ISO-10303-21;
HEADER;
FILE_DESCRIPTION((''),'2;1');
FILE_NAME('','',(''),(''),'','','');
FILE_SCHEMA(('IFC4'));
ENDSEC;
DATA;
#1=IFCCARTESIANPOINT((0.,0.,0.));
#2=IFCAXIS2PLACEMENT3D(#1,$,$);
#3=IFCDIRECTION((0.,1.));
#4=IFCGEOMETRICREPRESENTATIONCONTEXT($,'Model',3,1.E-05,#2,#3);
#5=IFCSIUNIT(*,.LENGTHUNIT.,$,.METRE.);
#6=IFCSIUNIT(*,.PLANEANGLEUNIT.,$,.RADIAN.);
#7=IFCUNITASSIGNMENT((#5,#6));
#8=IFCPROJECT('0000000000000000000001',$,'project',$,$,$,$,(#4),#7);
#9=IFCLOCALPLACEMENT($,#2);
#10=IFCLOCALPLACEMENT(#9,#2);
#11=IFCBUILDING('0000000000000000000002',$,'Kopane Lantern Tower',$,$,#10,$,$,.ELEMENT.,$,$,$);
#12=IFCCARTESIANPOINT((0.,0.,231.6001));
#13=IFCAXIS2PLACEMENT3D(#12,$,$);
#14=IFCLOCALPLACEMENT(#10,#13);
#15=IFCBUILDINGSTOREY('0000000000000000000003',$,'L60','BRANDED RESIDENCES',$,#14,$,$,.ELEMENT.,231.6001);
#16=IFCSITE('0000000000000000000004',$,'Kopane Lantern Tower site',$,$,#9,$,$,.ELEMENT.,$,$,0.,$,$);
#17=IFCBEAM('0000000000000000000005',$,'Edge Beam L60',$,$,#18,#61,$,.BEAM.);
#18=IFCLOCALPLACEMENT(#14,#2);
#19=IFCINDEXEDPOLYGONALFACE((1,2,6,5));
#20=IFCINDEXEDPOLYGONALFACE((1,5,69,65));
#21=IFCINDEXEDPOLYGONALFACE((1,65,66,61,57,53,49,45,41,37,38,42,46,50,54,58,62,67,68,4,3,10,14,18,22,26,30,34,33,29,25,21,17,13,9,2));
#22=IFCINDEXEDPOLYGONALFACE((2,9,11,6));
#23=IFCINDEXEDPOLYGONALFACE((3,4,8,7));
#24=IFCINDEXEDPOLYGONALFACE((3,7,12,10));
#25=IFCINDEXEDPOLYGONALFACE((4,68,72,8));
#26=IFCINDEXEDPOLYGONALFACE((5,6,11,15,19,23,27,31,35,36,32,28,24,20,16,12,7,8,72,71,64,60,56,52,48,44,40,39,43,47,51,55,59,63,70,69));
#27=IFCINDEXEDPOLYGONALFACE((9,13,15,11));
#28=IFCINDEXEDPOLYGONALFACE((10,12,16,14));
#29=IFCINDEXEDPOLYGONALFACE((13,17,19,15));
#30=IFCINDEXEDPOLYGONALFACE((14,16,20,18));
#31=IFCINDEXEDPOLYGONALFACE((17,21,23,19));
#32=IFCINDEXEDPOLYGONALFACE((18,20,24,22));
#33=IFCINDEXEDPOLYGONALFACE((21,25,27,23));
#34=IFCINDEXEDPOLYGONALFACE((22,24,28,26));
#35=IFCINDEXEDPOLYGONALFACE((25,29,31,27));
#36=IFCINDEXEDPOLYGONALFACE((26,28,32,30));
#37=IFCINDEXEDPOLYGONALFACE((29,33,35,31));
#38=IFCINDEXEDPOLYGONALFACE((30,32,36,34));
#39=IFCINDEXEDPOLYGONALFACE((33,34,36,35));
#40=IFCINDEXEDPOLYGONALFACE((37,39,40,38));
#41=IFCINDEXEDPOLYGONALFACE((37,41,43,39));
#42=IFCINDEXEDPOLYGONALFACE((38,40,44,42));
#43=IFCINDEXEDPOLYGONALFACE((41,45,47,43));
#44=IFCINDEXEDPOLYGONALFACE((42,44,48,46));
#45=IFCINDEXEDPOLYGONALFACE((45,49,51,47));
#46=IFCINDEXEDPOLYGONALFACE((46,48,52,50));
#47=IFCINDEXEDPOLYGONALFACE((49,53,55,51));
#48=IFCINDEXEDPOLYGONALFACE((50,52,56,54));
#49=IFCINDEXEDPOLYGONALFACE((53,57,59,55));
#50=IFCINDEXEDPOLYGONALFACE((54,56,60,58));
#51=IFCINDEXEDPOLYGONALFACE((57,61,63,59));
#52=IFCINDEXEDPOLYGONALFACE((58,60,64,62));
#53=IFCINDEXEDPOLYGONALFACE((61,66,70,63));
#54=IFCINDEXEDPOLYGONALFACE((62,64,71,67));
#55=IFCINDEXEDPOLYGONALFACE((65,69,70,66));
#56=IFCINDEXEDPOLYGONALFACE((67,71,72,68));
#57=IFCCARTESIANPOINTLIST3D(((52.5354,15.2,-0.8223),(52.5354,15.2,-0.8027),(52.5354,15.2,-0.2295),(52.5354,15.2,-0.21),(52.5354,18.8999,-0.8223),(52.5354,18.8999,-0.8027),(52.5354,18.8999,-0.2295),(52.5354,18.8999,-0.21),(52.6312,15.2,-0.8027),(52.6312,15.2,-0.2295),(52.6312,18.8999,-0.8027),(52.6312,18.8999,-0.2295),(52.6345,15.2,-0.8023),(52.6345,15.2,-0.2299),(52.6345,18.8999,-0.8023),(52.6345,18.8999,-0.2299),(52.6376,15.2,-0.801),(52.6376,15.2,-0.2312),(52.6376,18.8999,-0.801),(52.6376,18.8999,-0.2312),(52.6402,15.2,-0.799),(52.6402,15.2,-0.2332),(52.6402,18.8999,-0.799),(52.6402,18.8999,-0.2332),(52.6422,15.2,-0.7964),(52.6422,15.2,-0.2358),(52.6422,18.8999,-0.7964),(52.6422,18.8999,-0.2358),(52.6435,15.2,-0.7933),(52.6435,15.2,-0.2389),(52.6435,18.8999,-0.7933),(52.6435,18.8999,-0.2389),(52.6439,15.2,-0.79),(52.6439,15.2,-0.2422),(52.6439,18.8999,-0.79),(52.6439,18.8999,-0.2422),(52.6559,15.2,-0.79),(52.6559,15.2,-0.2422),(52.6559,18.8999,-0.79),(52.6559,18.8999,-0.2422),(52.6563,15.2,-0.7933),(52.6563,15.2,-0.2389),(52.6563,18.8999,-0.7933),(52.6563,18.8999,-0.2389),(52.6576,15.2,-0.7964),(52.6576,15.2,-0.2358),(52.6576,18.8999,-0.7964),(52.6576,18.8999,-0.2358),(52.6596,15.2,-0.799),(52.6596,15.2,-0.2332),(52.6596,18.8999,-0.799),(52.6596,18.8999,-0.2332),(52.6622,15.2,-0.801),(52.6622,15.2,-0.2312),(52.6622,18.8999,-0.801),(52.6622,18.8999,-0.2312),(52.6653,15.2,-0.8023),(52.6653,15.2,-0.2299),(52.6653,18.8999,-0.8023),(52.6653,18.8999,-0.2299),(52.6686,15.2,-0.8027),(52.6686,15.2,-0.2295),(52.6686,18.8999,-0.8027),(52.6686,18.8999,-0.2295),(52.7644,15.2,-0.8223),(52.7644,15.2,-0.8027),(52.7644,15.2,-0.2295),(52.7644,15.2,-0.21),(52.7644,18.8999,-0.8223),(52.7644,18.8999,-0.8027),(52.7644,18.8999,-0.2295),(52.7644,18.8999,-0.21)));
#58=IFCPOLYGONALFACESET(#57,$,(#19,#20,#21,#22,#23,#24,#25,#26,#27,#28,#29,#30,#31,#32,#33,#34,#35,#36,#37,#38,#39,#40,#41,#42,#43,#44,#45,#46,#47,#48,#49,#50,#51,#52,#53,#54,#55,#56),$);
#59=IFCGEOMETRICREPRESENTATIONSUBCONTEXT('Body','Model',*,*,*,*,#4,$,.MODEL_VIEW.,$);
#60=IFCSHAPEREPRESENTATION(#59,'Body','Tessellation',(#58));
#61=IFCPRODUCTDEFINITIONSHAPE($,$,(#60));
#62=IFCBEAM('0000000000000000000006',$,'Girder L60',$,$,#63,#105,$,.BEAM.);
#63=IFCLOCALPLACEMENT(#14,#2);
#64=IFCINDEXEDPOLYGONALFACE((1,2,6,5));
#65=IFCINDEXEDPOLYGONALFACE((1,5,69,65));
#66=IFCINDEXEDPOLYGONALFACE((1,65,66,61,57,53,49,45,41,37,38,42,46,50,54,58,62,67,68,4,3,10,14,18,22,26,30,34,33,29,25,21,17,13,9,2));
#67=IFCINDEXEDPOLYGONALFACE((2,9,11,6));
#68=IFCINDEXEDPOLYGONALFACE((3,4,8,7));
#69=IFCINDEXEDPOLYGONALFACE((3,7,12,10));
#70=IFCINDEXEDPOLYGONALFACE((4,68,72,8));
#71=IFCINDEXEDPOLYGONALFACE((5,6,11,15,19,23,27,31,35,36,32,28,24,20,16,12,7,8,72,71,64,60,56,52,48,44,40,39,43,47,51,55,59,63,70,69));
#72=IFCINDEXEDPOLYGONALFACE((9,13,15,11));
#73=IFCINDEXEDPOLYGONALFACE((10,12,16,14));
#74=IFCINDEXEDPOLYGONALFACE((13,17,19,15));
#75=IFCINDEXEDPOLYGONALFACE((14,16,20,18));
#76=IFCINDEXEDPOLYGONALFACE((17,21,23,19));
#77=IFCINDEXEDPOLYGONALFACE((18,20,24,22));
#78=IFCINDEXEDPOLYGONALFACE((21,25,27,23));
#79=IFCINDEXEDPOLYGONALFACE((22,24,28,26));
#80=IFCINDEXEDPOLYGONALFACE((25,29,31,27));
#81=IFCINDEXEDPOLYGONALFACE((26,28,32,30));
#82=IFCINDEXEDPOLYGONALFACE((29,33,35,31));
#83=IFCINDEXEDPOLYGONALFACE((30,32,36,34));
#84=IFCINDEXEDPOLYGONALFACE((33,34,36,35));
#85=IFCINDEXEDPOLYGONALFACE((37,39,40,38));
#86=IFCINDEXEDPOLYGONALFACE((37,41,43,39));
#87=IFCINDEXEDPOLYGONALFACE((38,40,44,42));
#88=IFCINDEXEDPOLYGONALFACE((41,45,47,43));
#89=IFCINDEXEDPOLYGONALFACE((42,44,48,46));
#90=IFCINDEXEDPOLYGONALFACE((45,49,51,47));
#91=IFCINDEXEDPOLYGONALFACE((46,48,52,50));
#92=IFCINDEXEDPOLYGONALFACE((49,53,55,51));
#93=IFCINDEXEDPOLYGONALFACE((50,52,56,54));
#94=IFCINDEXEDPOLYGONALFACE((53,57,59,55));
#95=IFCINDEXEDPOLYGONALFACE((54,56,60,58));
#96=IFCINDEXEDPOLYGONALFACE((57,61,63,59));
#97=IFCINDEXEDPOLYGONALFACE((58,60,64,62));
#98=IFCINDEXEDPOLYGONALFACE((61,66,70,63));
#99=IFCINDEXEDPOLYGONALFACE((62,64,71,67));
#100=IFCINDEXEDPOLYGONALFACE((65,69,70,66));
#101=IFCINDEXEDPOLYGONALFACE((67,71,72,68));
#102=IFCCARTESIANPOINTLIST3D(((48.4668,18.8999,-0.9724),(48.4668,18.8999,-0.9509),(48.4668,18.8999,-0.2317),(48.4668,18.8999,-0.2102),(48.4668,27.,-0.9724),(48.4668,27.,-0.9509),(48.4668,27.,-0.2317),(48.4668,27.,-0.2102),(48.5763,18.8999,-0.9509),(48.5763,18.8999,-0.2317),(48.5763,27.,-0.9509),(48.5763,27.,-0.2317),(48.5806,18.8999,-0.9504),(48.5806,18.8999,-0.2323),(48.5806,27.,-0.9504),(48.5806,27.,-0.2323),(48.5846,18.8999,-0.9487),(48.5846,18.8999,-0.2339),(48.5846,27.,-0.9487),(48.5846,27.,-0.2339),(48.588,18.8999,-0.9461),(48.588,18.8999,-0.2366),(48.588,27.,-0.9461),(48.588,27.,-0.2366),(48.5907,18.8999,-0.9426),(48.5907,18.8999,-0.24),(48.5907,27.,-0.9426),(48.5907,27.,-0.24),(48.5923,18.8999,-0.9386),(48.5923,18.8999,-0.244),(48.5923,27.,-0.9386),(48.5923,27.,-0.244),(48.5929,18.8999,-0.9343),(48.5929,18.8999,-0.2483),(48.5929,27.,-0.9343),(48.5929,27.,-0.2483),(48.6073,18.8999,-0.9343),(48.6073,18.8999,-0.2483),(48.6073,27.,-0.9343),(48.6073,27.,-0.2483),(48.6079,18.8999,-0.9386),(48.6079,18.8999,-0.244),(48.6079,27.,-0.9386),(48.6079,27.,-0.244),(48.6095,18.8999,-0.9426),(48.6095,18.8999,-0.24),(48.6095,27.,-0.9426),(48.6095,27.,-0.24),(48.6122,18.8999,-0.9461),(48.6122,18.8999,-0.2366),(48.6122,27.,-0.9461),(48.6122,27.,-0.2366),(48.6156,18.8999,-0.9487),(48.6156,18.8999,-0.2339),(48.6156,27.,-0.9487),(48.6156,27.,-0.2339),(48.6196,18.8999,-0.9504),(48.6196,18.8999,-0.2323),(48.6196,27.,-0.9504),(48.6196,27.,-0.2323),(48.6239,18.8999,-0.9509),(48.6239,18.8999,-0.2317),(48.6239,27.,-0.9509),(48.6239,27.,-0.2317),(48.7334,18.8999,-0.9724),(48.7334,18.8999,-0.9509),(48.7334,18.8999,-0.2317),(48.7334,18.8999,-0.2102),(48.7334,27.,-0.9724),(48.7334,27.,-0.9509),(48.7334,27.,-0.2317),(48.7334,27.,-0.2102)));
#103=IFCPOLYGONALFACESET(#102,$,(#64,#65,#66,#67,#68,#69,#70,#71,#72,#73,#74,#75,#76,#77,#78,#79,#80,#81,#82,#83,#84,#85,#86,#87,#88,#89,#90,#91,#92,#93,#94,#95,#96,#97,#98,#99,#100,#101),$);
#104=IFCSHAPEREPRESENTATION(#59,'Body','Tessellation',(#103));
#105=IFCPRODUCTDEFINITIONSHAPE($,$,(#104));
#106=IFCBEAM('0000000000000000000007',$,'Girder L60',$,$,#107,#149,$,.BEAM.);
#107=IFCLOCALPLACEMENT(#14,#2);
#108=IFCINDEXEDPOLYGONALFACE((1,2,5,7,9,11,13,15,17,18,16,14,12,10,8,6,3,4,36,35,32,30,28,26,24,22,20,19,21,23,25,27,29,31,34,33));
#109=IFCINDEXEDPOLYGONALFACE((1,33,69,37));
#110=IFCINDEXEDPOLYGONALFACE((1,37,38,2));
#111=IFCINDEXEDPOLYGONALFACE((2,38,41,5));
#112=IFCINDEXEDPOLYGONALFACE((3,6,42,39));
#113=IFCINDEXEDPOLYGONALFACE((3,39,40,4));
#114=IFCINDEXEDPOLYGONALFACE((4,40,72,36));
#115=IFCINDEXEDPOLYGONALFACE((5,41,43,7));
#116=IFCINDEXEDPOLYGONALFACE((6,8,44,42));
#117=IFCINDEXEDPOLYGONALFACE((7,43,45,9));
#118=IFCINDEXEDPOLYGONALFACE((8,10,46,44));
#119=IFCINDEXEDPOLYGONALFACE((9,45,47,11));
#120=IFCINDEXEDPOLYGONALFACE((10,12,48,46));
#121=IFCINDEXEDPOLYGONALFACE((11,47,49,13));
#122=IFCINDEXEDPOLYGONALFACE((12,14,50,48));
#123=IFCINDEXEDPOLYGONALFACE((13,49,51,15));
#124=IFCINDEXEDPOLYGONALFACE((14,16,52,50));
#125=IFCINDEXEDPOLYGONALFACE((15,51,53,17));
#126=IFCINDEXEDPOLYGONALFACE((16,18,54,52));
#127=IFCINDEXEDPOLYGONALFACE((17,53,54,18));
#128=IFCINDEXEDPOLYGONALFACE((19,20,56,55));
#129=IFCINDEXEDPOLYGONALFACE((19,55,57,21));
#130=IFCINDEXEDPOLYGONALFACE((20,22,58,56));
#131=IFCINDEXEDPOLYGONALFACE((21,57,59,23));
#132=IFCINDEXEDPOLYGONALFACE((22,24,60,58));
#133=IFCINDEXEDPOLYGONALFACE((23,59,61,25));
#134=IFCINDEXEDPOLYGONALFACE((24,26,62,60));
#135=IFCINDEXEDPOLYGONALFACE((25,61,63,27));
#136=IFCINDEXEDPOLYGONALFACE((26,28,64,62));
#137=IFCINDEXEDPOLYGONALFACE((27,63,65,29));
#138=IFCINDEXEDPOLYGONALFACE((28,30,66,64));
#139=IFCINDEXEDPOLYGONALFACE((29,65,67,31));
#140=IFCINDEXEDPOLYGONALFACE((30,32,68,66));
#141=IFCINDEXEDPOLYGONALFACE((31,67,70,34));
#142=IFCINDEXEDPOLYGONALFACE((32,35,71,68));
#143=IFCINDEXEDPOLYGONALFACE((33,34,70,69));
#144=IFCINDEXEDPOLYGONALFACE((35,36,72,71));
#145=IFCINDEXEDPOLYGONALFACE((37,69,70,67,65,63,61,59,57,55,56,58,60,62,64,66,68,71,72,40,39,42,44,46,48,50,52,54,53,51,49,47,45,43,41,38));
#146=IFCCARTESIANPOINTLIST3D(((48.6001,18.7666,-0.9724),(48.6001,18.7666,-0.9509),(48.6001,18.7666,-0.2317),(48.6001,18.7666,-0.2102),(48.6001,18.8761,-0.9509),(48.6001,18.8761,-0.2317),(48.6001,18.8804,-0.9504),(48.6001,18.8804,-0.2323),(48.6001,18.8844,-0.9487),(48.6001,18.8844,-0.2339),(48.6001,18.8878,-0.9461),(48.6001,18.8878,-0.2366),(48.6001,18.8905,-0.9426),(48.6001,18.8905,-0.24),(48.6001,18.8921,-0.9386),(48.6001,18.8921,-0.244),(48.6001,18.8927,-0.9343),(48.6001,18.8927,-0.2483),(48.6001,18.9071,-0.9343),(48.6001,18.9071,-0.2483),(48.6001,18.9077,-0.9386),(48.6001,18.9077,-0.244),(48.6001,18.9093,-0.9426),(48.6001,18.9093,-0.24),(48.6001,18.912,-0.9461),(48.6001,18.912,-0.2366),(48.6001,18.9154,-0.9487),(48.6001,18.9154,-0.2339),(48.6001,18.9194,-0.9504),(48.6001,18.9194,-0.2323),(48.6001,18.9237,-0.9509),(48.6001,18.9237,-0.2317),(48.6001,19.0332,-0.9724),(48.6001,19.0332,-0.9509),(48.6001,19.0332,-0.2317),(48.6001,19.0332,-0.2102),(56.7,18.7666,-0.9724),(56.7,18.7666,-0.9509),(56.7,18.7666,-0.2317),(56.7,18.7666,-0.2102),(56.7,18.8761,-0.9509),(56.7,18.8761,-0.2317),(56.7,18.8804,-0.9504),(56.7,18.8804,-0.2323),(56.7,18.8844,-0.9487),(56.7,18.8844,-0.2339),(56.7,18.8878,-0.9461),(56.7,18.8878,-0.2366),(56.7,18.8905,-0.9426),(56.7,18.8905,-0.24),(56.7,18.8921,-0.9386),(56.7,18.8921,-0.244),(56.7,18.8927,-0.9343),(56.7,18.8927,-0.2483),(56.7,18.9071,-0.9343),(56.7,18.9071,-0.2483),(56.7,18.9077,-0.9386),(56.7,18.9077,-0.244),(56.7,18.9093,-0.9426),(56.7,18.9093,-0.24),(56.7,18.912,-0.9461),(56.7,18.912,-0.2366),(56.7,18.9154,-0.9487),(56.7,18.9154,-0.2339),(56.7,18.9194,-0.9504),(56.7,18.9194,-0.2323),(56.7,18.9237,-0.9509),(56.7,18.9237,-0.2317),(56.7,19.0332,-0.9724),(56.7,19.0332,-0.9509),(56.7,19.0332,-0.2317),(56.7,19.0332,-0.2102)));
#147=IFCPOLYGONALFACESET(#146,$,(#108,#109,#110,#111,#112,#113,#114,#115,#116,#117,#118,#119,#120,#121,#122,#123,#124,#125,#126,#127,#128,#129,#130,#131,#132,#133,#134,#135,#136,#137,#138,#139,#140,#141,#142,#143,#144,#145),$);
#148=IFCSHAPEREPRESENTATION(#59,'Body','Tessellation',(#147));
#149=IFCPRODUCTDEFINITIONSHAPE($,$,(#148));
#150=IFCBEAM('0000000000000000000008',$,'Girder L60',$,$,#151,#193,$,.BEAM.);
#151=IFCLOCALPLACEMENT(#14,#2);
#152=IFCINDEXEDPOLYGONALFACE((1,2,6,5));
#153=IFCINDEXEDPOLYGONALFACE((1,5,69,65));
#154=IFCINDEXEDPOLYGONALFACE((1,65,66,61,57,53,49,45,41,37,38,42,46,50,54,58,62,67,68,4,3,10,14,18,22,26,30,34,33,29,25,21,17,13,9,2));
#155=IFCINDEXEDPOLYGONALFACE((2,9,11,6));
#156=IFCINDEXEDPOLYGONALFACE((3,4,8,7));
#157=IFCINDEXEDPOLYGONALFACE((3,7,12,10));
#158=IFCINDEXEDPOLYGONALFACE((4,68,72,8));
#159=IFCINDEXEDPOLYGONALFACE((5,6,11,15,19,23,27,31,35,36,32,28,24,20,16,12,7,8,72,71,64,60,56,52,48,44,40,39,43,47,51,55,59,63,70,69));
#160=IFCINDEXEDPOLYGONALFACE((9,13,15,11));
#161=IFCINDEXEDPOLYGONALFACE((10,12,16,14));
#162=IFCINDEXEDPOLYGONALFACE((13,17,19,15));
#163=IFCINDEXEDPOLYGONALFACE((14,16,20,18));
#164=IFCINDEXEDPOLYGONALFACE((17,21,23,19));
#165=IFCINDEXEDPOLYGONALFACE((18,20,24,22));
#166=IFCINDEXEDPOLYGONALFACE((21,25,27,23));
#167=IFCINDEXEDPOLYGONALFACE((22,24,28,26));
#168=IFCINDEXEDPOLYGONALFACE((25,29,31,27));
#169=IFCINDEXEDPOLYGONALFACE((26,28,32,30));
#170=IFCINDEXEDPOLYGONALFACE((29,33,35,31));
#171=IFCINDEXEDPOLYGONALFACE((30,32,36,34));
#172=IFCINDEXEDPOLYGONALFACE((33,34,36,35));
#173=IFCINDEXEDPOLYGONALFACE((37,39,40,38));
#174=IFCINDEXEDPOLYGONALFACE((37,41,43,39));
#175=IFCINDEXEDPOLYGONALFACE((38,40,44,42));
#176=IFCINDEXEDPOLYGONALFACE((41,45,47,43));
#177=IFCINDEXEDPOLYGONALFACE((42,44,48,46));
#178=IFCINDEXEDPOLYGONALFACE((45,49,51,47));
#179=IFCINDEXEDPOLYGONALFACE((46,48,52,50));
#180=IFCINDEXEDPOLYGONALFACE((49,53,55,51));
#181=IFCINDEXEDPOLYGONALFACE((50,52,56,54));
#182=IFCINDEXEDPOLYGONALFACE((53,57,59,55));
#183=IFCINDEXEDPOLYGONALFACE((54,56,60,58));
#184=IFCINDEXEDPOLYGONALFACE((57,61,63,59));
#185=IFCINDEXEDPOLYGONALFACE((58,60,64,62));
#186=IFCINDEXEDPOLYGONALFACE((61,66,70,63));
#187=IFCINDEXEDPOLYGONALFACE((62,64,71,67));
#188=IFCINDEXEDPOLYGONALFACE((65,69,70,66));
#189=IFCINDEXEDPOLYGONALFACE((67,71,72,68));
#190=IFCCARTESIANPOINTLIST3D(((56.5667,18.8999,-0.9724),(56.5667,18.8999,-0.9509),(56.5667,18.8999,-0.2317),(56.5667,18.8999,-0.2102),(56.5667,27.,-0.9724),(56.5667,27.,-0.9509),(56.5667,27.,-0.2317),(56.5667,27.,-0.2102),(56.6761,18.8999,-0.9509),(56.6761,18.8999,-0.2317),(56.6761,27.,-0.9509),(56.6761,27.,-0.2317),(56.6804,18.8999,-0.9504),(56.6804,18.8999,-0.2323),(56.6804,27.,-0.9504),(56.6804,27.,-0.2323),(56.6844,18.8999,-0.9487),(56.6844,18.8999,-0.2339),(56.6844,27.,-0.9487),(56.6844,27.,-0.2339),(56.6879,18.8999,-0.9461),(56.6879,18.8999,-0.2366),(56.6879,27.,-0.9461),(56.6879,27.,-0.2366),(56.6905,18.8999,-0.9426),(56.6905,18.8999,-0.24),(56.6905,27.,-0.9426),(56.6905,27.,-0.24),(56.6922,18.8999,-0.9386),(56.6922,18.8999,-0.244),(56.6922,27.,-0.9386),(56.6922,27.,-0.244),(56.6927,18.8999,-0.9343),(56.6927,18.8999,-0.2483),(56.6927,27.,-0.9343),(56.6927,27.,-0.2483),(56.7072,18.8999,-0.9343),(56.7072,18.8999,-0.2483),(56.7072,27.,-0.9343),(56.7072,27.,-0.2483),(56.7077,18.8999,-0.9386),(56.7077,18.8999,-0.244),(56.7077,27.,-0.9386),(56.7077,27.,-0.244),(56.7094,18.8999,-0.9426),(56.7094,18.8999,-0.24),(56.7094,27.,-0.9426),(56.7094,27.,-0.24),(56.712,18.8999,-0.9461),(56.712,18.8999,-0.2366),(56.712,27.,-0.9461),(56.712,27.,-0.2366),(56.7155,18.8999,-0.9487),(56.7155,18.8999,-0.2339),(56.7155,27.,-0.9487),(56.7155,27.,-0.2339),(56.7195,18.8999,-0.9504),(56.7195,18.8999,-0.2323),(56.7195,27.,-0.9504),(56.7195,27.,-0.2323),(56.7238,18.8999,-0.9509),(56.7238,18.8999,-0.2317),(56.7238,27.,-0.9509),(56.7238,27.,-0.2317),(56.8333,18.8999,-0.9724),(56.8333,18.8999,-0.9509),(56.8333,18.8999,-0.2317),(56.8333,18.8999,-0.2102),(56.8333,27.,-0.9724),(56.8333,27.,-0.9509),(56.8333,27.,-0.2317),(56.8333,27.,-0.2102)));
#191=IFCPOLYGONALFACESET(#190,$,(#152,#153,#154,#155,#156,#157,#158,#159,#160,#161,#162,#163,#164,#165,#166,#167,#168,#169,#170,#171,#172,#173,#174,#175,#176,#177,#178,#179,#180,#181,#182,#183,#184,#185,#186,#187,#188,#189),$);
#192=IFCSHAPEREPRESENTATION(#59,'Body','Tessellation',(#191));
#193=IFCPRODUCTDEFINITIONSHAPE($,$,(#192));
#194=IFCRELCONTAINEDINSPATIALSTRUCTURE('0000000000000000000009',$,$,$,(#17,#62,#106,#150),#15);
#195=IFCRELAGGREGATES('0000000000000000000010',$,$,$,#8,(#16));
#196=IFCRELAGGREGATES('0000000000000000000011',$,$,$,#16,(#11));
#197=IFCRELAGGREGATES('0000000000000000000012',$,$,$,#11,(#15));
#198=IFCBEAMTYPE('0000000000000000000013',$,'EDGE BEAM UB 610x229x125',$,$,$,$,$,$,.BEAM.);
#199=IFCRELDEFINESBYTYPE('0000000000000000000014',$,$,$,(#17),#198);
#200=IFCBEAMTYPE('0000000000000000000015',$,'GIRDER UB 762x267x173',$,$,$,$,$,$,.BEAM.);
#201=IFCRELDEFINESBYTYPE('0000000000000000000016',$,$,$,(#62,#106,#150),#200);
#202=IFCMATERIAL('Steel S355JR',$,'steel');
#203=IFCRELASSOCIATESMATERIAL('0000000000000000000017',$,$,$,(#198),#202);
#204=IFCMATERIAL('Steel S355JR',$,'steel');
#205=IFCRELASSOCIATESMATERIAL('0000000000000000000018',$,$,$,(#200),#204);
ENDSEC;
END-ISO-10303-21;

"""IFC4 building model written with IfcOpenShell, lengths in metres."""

from ifc_helpers import new_model, si_unit, direction, frame, origin, origin_2d, place, context, subcontext, project, spatial, i_section, extrude, material, material_profile, profile_set, type_object, element, save


model = new_model("IFC4")

# Units and contexts
model_context = context("Model", 3, precision=1e-05, world=origin(), true_north=direction((0.0, 1.0)))
body_context = subcontext(model_context, "Body", "Model", "MODEL_VIEW")
ifc_project = project(units=[si_unit("LENGTHUNIT", "METRE"), si_unit("PLANEANGLEUNIT", "RADIAN")], contexts=[model_context])

# Site, building, storey
site_placement = place(None, origin())
site = spatial("IfcSite", under=ifc_project, at=site_placement, Name="Kopane Lantern Tower site", CompositionType="ELEMENT", RefElevation=0.0)
building_placement = place(site_placement, origin())
building = spatial("IfcBuilding", under=site, at=building_placement, Name="Kopane Lantern Tower", CompositionType="ELEMENT")
storey_placement = place(building_placement, frame((0.0, 0.0, 231.6001)))
storey = spatial("IfcBuildingStorey", under=building, at=storey_placement, Name="L60", Description="BRANDED RESIDENCES", CompositionType="ELEMENT", Elevation=231.6001)

# Beams
ifc_material_1 = material(Name="Steel S355JR", Category="steel")
ifc_material_profile_1 = material_profile(ifc_material_1, i_section(OverallWidth=0.229, OverallDepth=0.6123, WebThickness=0.012, FlangeThickness=0.0195, FilletRadius=0.0127, at=origin_2d()), Name="UB 610x229x125")
ifc_profile_set_1 = profile_set([ifc_material_profile_1], Name="Steel S355JR")
beam_type_1 = type_object("IfcBeamType", Name="EDGE BEAM UB 610x229x125", PredefinedType="BEAM", material=ifc_profile_set_1)
for number, where, z_axis, x_axis, name in (
    (1, (52.6499, 15.2, -0.5161), (0.0, 1.0, 0.0), (-1.0, 0.0, 0.0), "Edge Beam L60"),
):
    element("IfcBeam", number, at=place(storey_placement, frame(where, z_axis=z_axis, x_axis=x_axis)), inside=storey, type_object=beam_type_1, Name=name, PredefinedType="BEAM", context=body_context, shape_type="SweptSolid", body=[
        extrude(i_section(OverallWidth=0.229, OverallDepth=0.6123, WebThickness=0.012, FlangeThickness=0.0195, FilletRadius=0.0127, at=origin_2d()), origin(), (0.0, 0.0, 1.0), 3.7),
    ])
ifc_material_2 = material(Name="Steel S355JR", Category="steel")
ifc_material_profile_2 = material_profile(ifc_material_2, i_section(OverallWidth=0.2666, OverallDepth=0.7622, WebThickness=0.0144, FlangeThickness=0.0215, FilletRadius=0.0166, at=origin_2d()), Name="UB 762x267x173")
ifc_profile_set_2 = profile_set([ifc_material_profile_2], Name="Steel S355JR")
beam_type_2 = type_object("IfcBeamType", Name="GIRDER UB 762x267x173", PredefinedType="BEAM", material=ifc_profile_set_2)
beam_1_placement = place(storey_placement, frame((48.6001, 18.8999, -0.5913), z_axis=(0.0, 1.0, 0.0), x_axis=(-1.0, 0.0, 0.0)))
element("IfcBeam", 2, at=beam_1_placement, inside=storey, type_object=beam_type_2, Name="Girder L60", PredefinedType="BEAM", context=body_context, shape_type="SweptSolid", body=[
    extrude(i_section(OverallWidth=0.2666, OverallDepth=0.7622, WebThickness=0.0144, FlangeThickness=0.0215, FilletRadius=0.0166, at=origin_2d()), origin(), (0.0, 0.0, 1.0), 8.1001),
])
beam_2_placement = place(storey_placement, frame((48.6001, 18.8999, -0.5913), z_axis=(1.0, 0.0, 0.0), x_axis=(0.0, 1.0, 0.0)))
element("IfcBeam", 3, at=beam_2_placement, inside=storey, type_object=beam_type_2, Name="Girder L60", PredefinedType="BEAM", context=body_context, shape_type="SweptSolid", body=[
    extrude(i_section(OverallWidth=0.2666, OverallDepth=0.7622, WebThickness=0.0144, FlangeThickness=0.0215, FilletRadius=0.0166, at=origin_2d()), origin(), (0.0, 0.0, 1.0), 8.0999),
])
beam_3_placement = place(storey_placement, frame((56.7, 18.8999, -0.5913), z_axis=(0.0, 1.0, 0.0), x_axis=(-1.0, 0.0, 0.0)))
element("IfcBeam", 4, at=beam_3_placement, inside=storey, type_object=beam_type_2, Name="Girder L60", PredefinedType="BEAM", context=body_context, shape_type="SweptSolid", body=[
    extrude(i_section(OverallWidth=0.2666, OverallDepth=0.7622, WebThickness=0.0144, FlangeThickness=0.0215, FilletRadius=0.0166, at=origin_2d()), origin(), (0.0, 0.0, 1.0), 8.1001),
])

save(model, "model.ifc")
